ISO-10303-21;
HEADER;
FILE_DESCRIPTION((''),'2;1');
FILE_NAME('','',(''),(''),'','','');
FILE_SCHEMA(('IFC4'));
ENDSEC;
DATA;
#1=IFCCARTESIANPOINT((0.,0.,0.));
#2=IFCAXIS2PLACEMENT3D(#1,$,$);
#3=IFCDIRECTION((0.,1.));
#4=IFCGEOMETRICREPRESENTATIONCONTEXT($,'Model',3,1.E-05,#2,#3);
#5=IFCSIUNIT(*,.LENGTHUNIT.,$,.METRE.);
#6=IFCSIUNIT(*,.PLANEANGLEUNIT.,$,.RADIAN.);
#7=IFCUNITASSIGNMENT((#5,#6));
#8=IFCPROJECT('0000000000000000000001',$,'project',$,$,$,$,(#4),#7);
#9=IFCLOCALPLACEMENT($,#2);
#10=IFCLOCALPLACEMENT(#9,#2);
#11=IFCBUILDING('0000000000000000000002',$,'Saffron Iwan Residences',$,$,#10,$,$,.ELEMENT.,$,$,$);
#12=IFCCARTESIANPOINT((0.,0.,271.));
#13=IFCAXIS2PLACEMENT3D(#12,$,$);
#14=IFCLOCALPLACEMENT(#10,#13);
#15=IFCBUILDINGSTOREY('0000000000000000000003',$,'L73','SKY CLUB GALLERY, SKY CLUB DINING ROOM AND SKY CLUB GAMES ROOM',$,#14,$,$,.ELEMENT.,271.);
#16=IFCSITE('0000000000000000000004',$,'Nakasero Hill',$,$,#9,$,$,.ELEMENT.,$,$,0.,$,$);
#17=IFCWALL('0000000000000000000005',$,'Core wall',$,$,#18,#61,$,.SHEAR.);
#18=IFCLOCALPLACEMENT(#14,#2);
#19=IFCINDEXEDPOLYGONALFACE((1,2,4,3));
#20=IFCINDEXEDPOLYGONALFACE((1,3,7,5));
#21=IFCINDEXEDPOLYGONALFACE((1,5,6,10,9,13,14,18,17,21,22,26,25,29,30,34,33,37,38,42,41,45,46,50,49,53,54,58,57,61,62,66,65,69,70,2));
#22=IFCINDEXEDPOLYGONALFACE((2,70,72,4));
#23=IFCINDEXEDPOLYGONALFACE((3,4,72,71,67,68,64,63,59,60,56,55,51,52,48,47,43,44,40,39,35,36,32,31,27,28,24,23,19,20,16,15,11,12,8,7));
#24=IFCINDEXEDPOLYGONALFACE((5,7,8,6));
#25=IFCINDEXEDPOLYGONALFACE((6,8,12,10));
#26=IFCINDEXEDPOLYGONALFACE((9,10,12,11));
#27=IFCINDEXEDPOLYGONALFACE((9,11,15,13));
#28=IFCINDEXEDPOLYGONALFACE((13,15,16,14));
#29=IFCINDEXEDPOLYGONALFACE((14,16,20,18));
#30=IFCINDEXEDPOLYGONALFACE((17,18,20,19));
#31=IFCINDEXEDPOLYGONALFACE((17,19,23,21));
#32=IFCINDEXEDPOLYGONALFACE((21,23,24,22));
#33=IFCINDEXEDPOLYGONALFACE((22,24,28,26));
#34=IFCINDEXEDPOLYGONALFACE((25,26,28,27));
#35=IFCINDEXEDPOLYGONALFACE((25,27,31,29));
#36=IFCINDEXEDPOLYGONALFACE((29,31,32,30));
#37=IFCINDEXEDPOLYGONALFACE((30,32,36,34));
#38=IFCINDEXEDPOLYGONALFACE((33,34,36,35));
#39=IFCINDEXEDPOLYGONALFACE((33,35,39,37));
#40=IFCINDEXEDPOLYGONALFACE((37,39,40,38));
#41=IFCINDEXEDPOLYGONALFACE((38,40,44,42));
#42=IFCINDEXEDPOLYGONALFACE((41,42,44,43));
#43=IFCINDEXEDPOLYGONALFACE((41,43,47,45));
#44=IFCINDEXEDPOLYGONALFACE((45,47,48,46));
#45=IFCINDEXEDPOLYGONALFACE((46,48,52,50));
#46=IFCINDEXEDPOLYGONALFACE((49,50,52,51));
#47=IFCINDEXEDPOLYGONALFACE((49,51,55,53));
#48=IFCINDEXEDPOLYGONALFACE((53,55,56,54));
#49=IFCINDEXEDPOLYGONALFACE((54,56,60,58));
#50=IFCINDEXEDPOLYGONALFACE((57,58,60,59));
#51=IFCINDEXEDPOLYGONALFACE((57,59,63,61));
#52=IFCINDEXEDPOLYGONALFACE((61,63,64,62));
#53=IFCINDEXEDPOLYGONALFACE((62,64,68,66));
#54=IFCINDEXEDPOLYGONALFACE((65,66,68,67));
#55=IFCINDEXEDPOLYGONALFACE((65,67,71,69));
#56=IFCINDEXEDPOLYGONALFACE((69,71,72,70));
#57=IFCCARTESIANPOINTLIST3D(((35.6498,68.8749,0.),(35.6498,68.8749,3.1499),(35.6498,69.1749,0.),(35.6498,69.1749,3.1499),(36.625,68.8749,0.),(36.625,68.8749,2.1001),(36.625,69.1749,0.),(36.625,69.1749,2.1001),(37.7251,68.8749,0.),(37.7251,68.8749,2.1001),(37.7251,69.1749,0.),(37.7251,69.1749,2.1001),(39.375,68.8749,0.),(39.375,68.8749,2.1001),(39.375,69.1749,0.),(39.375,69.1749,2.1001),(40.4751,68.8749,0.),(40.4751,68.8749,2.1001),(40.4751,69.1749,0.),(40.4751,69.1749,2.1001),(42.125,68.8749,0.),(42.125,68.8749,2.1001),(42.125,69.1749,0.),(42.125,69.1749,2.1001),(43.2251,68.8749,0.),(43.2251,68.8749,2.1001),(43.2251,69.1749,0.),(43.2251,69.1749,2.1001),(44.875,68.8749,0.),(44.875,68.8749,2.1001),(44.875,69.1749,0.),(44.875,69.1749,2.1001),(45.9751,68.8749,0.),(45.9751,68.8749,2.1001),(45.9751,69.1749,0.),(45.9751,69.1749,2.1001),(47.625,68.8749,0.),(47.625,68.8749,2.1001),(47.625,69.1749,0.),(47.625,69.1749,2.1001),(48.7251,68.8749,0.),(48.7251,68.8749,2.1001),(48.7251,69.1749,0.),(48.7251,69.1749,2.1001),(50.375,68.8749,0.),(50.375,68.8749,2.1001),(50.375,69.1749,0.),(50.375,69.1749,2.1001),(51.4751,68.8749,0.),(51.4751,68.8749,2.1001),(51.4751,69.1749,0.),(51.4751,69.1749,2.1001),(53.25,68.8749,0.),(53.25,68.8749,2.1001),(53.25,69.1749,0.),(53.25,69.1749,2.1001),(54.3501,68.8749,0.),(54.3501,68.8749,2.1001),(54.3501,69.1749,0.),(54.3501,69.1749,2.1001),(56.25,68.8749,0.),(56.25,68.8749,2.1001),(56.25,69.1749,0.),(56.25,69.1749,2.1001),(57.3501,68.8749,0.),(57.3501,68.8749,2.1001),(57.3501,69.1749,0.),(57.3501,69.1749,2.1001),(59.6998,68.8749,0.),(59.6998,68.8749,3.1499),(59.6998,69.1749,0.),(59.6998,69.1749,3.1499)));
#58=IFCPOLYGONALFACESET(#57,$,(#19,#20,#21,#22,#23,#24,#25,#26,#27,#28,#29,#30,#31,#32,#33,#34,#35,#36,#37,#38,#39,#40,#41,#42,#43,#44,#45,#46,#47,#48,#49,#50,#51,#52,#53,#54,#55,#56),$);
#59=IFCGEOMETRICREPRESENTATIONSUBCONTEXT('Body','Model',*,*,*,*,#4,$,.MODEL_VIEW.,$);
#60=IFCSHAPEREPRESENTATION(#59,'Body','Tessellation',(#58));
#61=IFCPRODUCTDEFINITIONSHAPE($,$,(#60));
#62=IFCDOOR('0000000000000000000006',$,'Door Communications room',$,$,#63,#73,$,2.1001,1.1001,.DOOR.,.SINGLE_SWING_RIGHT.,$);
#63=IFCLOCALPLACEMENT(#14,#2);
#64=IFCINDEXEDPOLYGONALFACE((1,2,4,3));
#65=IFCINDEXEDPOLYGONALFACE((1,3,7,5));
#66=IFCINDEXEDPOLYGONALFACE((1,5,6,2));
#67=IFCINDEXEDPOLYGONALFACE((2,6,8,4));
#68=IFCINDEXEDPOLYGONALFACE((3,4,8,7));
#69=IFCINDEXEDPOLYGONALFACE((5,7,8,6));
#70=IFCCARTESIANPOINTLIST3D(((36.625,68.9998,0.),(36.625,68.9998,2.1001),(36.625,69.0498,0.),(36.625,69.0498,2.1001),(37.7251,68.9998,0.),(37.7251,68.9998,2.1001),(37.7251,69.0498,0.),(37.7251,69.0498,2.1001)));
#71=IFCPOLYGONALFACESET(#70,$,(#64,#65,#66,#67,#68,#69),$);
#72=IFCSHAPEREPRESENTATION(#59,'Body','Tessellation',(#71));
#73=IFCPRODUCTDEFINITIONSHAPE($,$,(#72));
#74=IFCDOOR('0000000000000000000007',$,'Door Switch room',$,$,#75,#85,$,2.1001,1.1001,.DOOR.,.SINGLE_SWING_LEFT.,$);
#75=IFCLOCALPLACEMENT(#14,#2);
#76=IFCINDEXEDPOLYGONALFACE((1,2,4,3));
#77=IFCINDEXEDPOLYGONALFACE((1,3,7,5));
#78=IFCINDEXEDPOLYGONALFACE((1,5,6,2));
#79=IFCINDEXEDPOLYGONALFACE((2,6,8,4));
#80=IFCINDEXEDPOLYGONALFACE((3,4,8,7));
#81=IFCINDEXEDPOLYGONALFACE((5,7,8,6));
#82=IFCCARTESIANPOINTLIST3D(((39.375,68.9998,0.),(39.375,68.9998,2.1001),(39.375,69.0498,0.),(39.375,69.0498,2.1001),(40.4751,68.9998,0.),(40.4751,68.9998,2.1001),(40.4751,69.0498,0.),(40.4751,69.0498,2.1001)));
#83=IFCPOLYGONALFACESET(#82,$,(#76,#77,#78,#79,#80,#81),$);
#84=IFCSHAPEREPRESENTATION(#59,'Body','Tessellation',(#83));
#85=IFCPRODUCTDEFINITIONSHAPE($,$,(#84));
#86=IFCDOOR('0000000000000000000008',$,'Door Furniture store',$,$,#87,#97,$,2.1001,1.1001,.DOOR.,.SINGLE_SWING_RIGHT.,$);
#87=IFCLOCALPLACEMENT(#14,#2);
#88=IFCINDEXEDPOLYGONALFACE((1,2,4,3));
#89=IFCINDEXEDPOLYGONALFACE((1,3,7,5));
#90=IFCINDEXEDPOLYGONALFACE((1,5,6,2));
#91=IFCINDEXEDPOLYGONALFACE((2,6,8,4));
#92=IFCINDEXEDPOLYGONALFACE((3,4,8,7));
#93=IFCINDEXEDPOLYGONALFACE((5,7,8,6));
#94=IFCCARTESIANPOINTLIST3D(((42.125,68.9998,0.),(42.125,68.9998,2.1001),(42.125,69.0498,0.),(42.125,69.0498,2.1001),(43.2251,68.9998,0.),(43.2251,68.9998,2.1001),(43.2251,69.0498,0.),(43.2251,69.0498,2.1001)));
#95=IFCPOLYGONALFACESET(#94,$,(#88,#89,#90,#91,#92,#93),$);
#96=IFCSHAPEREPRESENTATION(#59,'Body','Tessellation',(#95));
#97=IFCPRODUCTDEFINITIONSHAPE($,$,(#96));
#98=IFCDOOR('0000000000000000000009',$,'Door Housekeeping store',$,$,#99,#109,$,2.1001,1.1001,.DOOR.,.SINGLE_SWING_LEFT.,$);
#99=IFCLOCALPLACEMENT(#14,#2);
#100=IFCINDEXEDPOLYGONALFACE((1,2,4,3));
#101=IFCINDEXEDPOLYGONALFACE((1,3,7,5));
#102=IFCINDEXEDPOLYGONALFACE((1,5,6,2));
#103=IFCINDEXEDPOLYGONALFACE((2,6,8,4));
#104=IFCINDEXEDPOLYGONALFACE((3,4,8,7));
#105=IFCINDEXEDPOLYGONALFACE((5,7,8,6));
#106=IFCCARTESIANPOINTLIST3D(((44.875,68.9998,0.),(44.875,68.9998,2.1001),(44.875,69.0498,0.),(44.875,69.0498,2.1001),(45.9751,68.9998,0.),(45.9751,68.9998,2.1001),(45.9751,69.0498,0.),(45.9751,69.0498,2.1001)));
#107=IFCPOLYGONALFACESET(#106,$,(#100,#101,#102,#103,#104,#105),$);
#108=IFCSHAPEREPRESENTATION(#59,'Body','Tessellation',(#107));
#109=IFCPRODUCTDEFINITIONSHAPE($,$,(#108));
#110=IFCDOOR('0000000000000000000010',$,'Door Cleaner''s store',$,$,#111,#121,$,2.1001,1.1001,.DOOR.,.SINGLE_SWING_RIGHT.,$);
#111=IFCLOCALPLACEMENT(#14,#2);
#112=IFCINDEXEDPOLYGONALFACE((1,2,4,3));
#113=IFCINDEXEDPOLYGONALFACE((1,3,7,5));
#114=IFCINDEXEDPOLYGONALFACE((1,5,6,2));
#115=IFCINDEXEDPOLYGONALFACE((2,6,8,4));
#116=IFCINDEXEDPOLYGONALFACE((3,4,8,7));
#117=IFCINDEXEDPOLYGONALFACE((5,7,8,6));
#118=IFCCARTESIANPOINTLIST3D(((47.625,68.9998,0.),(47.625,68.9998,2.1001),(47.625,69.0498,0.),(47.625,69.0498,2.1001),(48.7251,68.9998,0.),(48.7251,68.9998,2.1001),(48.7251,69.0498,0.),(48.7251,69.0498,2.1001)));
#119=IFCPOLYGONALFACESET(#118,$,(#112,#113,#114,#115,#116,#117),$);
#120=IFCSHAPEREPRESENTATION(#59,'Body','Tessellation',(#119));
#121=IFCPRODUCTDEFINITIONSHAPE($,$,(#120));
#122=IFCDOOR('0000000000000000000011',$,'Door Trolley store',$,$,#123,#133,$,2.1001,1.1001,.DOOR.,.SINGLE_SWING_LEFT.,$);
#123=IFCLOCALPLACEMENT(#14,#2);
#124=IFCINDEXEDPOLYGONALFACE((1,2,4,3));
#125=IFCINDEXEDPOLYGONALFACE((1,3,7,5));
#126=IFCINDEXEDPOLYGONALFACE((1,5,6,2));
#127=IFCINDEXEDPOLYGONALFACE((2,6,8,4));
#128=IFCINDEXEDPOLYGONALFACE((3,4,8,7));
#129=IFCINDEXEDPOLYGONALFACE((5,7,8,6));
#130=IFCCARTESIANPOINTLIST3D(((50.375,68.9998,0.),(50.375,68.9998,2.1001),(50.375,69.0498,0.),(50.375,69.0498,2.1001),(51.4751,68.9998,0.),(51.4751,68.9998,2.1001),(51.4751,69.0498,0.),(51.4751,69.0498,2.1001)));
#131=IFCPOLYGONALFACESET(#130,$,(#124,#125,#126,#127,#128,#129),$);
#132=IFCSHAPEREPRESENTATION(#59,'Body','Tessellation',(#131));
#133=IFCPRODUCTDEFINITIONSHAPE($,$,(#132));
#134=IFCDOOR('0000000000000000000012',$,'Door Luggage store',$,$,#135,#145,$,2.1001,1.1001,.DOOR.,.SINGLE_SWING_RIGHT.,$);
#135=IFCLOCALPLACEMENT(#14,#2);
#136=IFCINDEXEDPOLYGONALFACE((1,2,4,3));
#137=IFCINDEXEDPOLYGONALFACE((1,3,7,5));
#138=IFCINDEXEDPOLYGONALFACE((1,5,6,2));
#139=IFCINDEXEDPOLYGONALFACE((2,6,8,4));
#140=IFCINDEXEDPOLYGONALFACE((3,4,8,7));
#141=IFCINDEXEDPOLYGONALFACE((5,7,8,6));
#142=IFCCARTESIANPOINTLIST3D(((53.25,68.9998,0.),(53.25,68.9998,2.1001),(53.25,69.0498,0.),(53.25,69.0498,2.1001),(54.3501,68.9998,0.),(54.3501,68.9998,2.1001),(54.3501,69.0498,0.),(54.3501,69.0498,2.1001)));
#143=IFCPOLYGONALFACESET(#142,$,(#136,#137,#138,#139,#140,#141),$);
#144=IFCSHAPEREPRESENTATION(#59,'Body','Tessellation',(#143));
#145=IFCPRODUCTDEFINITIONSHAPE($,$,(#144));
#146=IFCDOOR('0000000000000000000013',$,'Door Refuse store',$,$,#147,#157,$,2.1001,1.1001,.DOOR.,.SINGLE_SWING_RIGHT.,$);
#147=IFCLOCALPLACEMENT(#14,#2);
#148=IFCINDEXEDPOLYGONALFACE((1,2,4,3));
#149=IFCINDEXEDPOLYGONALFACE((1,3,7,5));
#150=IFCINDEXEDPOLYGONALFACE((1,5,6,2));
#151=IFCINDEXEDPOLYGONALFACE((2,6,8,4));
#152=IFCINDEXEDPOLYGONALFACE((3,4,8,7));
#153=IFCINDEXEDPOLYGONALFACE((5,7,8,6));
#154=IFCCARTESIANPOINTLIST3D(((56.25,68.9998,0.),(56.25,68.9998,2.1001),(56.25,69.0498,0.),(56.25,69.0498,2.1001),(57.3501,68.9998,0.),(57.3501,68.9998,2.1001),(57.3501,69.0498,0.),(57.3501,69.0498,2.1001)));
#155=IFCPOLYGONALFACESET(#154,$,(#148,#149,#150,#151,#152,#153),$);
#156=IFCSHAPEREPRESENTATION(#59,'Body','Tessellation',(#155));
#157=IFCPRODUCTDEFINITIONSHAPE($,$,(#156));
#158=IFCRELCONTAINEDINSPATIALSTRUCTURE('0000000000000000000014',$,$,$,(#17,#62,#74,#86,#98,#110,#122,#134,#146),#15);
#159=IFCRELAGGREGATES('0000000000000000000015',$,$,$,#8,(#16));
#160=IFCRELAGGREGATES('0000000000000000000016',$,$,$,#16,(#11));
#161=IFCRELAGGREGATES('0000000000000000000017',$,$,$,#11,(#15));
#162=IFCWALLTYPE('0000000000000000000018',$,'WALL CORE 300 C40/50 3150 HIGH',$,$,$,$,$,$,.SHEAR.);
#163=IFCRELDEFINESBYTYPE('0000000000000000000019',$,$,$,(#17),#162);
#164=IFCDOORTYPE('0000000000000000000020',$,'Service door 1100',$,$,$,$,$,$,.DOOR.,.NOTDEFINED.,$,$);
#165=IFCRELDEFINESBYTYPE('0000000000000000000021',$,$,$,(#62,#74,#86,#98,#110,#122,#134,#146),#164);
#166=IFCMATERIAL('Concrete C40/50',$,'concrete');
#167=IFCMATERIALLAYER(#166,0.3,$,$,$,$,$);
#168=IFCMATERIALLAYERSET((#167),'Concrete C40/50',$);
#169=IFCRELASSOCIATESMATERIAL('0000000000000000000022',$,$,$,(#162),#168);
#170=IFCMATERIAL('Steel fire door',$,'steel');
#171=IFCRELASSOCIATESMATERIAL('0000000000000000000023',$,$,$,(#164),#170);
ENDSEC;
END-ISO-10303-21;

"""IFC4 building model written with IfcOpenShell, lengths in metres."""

from ifc_helpers import new_model, si_unit, direction, frame, frame_2d, origin, place, context, subcontext, project, spatial, rectangle, extrude, material, layer, layer_set, type_object, element, fill, save


model = new_model("IFC4")

# Units and contexts
model_context = context("Model", 3, precision=1e-05, world=origin(), true_north=direction((0.0, 1.0)))
body_context = subcontext(model_context, "Body", "Model", "MODEL_VIEW")
ifc_project = project(units=[si_unit("LENGTHUNIT", "METRE"), si_unit("PLANEANGLEUNIT", "RADIAN")], contexts=[model_context])

# Site, building, storey
site_placement = place(None, origin())
site = spatial("IfcSite", under=ifc_project, at=site_placement, Name="Nakasero Hill", CompositionType="ELEMENT", RefElevation=0.0)
building_placement = place(site_placement, origin())
building = spatial("IfcBuilding", under=site, at=building_placement, Name="Saffron Iwan Residences", CompositionType="ELEMENT")
storey_placement = place(building_placement, frame((0.0, 0.0, 271.0)))
storey = spatial("IfcBuildingStorey", under=building, at=storey_placement, Name="L73", Description="SKY CLUB GALLERY, SKY CLUB DINING ROOM AND SKY CLUB GAMES ROOM", CompositionType="ELEMENT", Elevation=271.0)

# Shared definitions
ifc_material_1 = material(Name="Concrete C40/50", Category="concrete")

# Wall, openings, doors
ifc_layer_1 = layer(ifc_material_1, 0.3)
ifc_layer_set_1 = layer_set([ifc_layer_1], Name="Concrete C40/50")
wall_type_1 = type_object("IfcWallType", Name="WALL CORE 300 C40/50 3150 HIGH", PredefinedType="SHEAR", material=ifc_layer_set_1)
ifc_material_2 = material(Name="Steel fire door", Category="steel")
wall_1_placement = place(storey_placement, frame((35.6499, 69.0249, 0.0), z_axis=(0.0, 0.0, 1.0), x_axis=(1.0, 0.0, 0.0)))
wall_1 = element("IfcWall", 1, at=wall_1_placement, inside=storey, type_object=wall_type_1, Name="Core wall", PredefinedType="SHEAR", context=body_context, shape_type="SweptSolid", body=[
    extrude(rectangle(XDim=24.05, YDim=0.3, at=frame_2d((12.0249, 0.0))), origin(), (0.0, 0.0, 1.0), 3.1499),
])
opening_1_placement = place(wall_1_placement, frame((0.9751, 0.0, 0.0)))
opening_1 = element("IfcOpeningElement", 2, at=opening_1_placement, cuts=wall_1, PredefinedType="OPENING", context=body_context, shape_type="SweptSolid", body=[
    extrude(rectangle(XDim=1.1001, YDim=2.1001, at=frame_2d((0.55, 1.05))), frame((0.0, 0.1602, 0.0), z_axis=(0.0, -1.0, 0.0), x_axis=(1.0, 0.0, 0.0)), (0.0, 0.0, 1.0), 0.3201),
])
opening_2_placement = place(wall_1_placement, frame((3.7251, 0.0, 0.0)))
opening_2 = element("IfcOpeningElement", 3, at=opening_2_placement, cuts=wall_1, PredefinedType="OPENING", context=body_context, shape_type="SweptSolid", body=[
    extrude(rectangle(XDim=1.1001, YDim=2.1001, at=frame_2d((0.55, 1.05))), frame((0.0, 0.1602, 0.0), z_axis=(0.0, -1.0, 0.0), x_axis=(1.0, 0.0, 0.0)), (0.0, 0.0, 1.0), 0.3201),
])
opening_3_placement = place(wall_1_placement, frame((6.4751, 0.0, 0.0)))
opening_3 = element("IfcOpeningElement", 4, at=opening_3_placement, cuts=wall_1, PredefinedType="OPENING", context=body_context, shape_type="SweptSolid", body=[
    extrude(rectangle(XDim=1.1001, YDim=2.1001, at=frame_2d((0.55, 1.05))), frame((0.0, 0.1602, 0.0), z_axis=(0.0, -1.0, 0.0), x_axis=(1.0, 0.0, 0.0)), (0.0, 0.0, 1.0), 0.3201),
])
opening_4_placement = place(wall_1_placement, frame((9.2251, 0.0, 0.0)))
opening_4 = element("IfcOpeningElement", 5, at=opening_4_placement, cuts=wall_1, PredefinedType="OPENING", context=body_context, shape_type="SweptSolid", body=[
    extrude(rectangle(XDim=1.1001, YDim=2.1001, at=frame_2d((0.55, 1.05))), frame((0.0, 0.1602, 0.0), z_axis=(0.0, -1.0, 0.0), x_axis=(1.0, 0.0, 0.0)), (0.0, 0.0, 1.0), 0.3201),
])
opening_5_placement = place(wall_1_placement, frame((11.9751, 0.0, 0.0)))
opening_5 = element("IfcOpeningElement", 6, at=opening_5_placement, cuts=wall_1, PredefinedType="OPENING", context=body_context, shape_type="SweptSolid", body=[
    extrude(rectangle(XDim=1.1001, YDim=2.1001, at=frame_2d((0.55, 1.05))), frame((0.0, 0.1602, 0.0), z_axis=(0.0, -1.0, 0.0), x_axis=(1.0, 0.0, 0.0)), (0.0, 0.0, 1.0), 0.3201),
])
opening_6_placement = place(wall_1_placement, frame((14.7251, 0.0, 0.0)))
opening_6 = element("IfcOpeningElement", 7, at=opening_6_placement, cuts=wall_1, PredefinedType="OPENING", context=body_context, shape_type="SweptSolid", body=[
    extrude(rectangle(XDim=1.1001, YDim=2.1001, at=frame_2d((0.55, 1.05))), frame((0.0, 0.1602, 0.0), z_axis=(0.0, -1.0, 0.0), x_axis=(1.0, 0.0, 0.0)), (0.0, 0.0, 1.0), 0.3201),
])
opening_7_placement = place(wall_1_placement, frame((17.6001, 0.0, 0.0)))
opening_7 = element("IfcOpeningElement", 8, at=opening_7_placement, cuts=wall_1, PredefinedType="OPENING", context=body_context, shape_type="SweptSolid", body=[
    extrude(rectangle(XDim=1.1001, YDim=2.1001, at=frame_2d((0.55, 1.05))), frame((0.0, 0.1602, 0.0), z_axis=(0.0, -1.0, 0.0), x_axis=(1.0, 0.0, 0.0)), (0.0, 0.0, 1.0), 0.3201),
])
opening_8_placement = place(wall_1_placement, frame((20.6001, 0.0, 0.0)))
opening_8 = element("IfcOpeningElement", 9, at=opening_8_placement, cuts=wall_1, PredefinedType="OPENING", context=body_context, shape_type="SweptSolid", body=[
    extrude(rectangle(XDim=1.1001, YDim=2.1001, at=frame_2d((0.55, 1.05))), frame((0.0, 0.1602, 0.0), z_axis=(0.0, -1.0, 0.0), x_axis=(1.0, 0.0, 0.0)), (0.0, 0.0, 1.0), 0.3201),
])
door_type_1 = type_object("IfcDoorType", Name="Service door 1100", OperationType="NOTDEFINED", PredefinedType="DOOR", material=ifc_material_2)
door_1_placement = place(opening_1_placement, origin())
door_1 = element("IfcDoor", 10, at=door_1_placement, inside=storey, type_object=door_type_1, Name="Door Communications room", OperationType="SINGLE_SWING_RIGHT", OverallHeight=2.1001, OverallWidth=1.1001, PredefinedType="DOOR", context=body_context, shape_type="SweptSolid", body=[
    extrude(rectangle(XDim=1.1001, YDim=2.1001, at=frame_2d((0.55, 1.05))), frame((0.0, 0.0249, 0.0), z_axis=(0.0, -1.0, 0.0), x_axis=(1.0, 0.0, 0.0)), (0.0, 0.0, 1.0), 0.05),
])
fill(opening_1, door_1)
door_2_placement = place(opening_2_placement, origin())
door_2 = element("IfcDoor", 11, at=door_2_placement, inside=storey, type_object=door_type_1, Name="Door Switch room", OperationType="SINGLE_SWING_LEFT", OverallHeight=2.1001, OverallWidth=1.1001, PredefinedType="DOOR", context=body_context, shape_type="SweptSolid", body=[
    extrude(rectangle(XDim=1.1001, YDim=2.1001, at=frame_2d((0.55, 1.05))), frame((0.0, 0.0249, 0.0), z_axis=(0.0, -1.0, 0.0), x_axis=(1.0, 0.0, 0.0)), (0.0, 0.0, 1.0), 0.05),
])
fill(opening_2, door_2)
door_3_placement = place(opening_3_placement, origin())
door_3 = element("IfcDoor", 12, at=door_3_placement, inside=storey, type_object=door_type_1, Name="Door Furniture store", OperationType="SINGLE_SWING_RIGHT", OverallHeight=2.1001, OverallWidth=1.1001, PredefinedType="DOOR", context=body_context, shape_type="SweptSolid", body=[
    extrude(rectangle(XDim=1.1001, YDim=2.1001, at=frame_2d((0.55, 1.05))), frame((0.0, 0.0249, 0.0), z_axis=(0.0, -1.0, 0.0), x_axis=(1.0, 0.0, 0.0)), (0.0, 0.0, 1.0), 0.05),
])
fill(opening_3, door_3)
door_4_placement = place(opening_4_placement, origin())
door_4 = element("IfcDoor", 13, at=door_4_placement, inside=storey, type_object=door_type_1, Name="Door Housekeeping store", OperationType="SINGLE_SWING_LEFT", OverallHeight=2.1001, OverallWidth=1.1001, PredefinedType="DOOR", context=body_context, shape_type="SweptSolid", body=[
    extrude(rectangle(XDim=1.1001, YDim=2.1001, at=frame_2d((0.55, 1.05))), frame((0.0, 0.0249, 0.0), z_axis=(0.0, -1.0, 0.0), x_axis=(1.0, 0.0, 0.0)), (0.0, 0.0, 1.0), 0.05),
])
fill(opening_4, door_4)
door_5_placement = place(opening_5_placement, origin())
door_5 = element("IfcDoor", 14, at=door_5_placement, inside=storey, type_object=door_type_1, Name="Door Cleaner's store", OperationType="SINGLE_SWING_RIGHT", OverallHeight=2.1001, OverallWidth=1.1001, PredefinedType="DOOR", context=body_context, shape_type="SweptSolid", body=[
    extrude(rectangle(XDim=1.1001, YDim=2.1001, at=frame_2d((0.55, 1.05))), frame((0.0, 0.0249, 0.0), z_axis=(0.0, -1.0, 0.0), x_axis=(1.0, 0.0, 0.0)), (0.0, 0.0, 1.0), 0.05),
])
fill(opening_5, door_5)
door_6_placement = place(opening_6_placement, origin())
door_6 = element("IfcDoor", 15, at=door_6_placement, inside=storey, type_object=door_type_1, Name="Door Trolley store", OperationType="SINGLE_SWING_LEFT", OverallHeight=2.1001, OverallWidth=1.1001, PredefinedType="DOOR", context=body_context, shape_type="SweptSolid", body=[
    extrude(rectangle(XDim=1.1001, YDim=2.1001, at=frame_2d((0.55, 1.05))), frame((0.0, 0.0249, 0.0), z_axis=(0.0, -1.0, 0.0), x_axis=(1.0, 0.0, 0.0)), (0.0, 0.0, 1.0), 0.05),
])
fill(opening_6, door_6)
door_7_placement = place(opening_7_placement, origin())
door_7 = element("IfcDoor", 16, at=door_7_placement, inside=storey, type_object=door_type_1, Name="Door Luggage store", OperationType="SINGLE_SWING_RIGHT", OverallHeight=2.1001, OverallWidth=1.1001, PredefinedType="DOOR", context=body_context, shape_type="SweptSolid", body=[
    extrude(rectangle(XDim=1.1001, YDim=2.1001, at=frame_2d((0.55, 1.05))), frame((0.0, 0.0249, 0.0), z_axis=(0.0, -1.0, 0.0), x_axis=(1.0, 0.0, 0.0)), (0.0, 0.0, 1.0), 0.05),
])
fill(opening_7, door_7)
door_8_placement = place(opening_8_placement, origin())
door_8 = element("IfcDoor", 17, at=door_8_placement, inside=storey, type_object=door_type_1, Name="Door Refuse store", OperationType="SINGLE_SWING_RIGHT", OverallHeight=2.1001, OverallWidth=1.1001, PredefinedType="DOOR", context=body_context, shape_type="SweptSolid", body=[
    extrude(rectangle(XDim=1.1001, YDim=2.1001, at=frame_2d((0.55, 1.05))), frame((0.0, 0.0249, 0.0), z_axis=(0.0, -1.0, 0.0), x_axis=(1.0, 0.0, 0.0)), (0.0, 0.0, 1.0), 0.05),
])
fill(opening_8, door_8)

save(model, "model.ifc")
